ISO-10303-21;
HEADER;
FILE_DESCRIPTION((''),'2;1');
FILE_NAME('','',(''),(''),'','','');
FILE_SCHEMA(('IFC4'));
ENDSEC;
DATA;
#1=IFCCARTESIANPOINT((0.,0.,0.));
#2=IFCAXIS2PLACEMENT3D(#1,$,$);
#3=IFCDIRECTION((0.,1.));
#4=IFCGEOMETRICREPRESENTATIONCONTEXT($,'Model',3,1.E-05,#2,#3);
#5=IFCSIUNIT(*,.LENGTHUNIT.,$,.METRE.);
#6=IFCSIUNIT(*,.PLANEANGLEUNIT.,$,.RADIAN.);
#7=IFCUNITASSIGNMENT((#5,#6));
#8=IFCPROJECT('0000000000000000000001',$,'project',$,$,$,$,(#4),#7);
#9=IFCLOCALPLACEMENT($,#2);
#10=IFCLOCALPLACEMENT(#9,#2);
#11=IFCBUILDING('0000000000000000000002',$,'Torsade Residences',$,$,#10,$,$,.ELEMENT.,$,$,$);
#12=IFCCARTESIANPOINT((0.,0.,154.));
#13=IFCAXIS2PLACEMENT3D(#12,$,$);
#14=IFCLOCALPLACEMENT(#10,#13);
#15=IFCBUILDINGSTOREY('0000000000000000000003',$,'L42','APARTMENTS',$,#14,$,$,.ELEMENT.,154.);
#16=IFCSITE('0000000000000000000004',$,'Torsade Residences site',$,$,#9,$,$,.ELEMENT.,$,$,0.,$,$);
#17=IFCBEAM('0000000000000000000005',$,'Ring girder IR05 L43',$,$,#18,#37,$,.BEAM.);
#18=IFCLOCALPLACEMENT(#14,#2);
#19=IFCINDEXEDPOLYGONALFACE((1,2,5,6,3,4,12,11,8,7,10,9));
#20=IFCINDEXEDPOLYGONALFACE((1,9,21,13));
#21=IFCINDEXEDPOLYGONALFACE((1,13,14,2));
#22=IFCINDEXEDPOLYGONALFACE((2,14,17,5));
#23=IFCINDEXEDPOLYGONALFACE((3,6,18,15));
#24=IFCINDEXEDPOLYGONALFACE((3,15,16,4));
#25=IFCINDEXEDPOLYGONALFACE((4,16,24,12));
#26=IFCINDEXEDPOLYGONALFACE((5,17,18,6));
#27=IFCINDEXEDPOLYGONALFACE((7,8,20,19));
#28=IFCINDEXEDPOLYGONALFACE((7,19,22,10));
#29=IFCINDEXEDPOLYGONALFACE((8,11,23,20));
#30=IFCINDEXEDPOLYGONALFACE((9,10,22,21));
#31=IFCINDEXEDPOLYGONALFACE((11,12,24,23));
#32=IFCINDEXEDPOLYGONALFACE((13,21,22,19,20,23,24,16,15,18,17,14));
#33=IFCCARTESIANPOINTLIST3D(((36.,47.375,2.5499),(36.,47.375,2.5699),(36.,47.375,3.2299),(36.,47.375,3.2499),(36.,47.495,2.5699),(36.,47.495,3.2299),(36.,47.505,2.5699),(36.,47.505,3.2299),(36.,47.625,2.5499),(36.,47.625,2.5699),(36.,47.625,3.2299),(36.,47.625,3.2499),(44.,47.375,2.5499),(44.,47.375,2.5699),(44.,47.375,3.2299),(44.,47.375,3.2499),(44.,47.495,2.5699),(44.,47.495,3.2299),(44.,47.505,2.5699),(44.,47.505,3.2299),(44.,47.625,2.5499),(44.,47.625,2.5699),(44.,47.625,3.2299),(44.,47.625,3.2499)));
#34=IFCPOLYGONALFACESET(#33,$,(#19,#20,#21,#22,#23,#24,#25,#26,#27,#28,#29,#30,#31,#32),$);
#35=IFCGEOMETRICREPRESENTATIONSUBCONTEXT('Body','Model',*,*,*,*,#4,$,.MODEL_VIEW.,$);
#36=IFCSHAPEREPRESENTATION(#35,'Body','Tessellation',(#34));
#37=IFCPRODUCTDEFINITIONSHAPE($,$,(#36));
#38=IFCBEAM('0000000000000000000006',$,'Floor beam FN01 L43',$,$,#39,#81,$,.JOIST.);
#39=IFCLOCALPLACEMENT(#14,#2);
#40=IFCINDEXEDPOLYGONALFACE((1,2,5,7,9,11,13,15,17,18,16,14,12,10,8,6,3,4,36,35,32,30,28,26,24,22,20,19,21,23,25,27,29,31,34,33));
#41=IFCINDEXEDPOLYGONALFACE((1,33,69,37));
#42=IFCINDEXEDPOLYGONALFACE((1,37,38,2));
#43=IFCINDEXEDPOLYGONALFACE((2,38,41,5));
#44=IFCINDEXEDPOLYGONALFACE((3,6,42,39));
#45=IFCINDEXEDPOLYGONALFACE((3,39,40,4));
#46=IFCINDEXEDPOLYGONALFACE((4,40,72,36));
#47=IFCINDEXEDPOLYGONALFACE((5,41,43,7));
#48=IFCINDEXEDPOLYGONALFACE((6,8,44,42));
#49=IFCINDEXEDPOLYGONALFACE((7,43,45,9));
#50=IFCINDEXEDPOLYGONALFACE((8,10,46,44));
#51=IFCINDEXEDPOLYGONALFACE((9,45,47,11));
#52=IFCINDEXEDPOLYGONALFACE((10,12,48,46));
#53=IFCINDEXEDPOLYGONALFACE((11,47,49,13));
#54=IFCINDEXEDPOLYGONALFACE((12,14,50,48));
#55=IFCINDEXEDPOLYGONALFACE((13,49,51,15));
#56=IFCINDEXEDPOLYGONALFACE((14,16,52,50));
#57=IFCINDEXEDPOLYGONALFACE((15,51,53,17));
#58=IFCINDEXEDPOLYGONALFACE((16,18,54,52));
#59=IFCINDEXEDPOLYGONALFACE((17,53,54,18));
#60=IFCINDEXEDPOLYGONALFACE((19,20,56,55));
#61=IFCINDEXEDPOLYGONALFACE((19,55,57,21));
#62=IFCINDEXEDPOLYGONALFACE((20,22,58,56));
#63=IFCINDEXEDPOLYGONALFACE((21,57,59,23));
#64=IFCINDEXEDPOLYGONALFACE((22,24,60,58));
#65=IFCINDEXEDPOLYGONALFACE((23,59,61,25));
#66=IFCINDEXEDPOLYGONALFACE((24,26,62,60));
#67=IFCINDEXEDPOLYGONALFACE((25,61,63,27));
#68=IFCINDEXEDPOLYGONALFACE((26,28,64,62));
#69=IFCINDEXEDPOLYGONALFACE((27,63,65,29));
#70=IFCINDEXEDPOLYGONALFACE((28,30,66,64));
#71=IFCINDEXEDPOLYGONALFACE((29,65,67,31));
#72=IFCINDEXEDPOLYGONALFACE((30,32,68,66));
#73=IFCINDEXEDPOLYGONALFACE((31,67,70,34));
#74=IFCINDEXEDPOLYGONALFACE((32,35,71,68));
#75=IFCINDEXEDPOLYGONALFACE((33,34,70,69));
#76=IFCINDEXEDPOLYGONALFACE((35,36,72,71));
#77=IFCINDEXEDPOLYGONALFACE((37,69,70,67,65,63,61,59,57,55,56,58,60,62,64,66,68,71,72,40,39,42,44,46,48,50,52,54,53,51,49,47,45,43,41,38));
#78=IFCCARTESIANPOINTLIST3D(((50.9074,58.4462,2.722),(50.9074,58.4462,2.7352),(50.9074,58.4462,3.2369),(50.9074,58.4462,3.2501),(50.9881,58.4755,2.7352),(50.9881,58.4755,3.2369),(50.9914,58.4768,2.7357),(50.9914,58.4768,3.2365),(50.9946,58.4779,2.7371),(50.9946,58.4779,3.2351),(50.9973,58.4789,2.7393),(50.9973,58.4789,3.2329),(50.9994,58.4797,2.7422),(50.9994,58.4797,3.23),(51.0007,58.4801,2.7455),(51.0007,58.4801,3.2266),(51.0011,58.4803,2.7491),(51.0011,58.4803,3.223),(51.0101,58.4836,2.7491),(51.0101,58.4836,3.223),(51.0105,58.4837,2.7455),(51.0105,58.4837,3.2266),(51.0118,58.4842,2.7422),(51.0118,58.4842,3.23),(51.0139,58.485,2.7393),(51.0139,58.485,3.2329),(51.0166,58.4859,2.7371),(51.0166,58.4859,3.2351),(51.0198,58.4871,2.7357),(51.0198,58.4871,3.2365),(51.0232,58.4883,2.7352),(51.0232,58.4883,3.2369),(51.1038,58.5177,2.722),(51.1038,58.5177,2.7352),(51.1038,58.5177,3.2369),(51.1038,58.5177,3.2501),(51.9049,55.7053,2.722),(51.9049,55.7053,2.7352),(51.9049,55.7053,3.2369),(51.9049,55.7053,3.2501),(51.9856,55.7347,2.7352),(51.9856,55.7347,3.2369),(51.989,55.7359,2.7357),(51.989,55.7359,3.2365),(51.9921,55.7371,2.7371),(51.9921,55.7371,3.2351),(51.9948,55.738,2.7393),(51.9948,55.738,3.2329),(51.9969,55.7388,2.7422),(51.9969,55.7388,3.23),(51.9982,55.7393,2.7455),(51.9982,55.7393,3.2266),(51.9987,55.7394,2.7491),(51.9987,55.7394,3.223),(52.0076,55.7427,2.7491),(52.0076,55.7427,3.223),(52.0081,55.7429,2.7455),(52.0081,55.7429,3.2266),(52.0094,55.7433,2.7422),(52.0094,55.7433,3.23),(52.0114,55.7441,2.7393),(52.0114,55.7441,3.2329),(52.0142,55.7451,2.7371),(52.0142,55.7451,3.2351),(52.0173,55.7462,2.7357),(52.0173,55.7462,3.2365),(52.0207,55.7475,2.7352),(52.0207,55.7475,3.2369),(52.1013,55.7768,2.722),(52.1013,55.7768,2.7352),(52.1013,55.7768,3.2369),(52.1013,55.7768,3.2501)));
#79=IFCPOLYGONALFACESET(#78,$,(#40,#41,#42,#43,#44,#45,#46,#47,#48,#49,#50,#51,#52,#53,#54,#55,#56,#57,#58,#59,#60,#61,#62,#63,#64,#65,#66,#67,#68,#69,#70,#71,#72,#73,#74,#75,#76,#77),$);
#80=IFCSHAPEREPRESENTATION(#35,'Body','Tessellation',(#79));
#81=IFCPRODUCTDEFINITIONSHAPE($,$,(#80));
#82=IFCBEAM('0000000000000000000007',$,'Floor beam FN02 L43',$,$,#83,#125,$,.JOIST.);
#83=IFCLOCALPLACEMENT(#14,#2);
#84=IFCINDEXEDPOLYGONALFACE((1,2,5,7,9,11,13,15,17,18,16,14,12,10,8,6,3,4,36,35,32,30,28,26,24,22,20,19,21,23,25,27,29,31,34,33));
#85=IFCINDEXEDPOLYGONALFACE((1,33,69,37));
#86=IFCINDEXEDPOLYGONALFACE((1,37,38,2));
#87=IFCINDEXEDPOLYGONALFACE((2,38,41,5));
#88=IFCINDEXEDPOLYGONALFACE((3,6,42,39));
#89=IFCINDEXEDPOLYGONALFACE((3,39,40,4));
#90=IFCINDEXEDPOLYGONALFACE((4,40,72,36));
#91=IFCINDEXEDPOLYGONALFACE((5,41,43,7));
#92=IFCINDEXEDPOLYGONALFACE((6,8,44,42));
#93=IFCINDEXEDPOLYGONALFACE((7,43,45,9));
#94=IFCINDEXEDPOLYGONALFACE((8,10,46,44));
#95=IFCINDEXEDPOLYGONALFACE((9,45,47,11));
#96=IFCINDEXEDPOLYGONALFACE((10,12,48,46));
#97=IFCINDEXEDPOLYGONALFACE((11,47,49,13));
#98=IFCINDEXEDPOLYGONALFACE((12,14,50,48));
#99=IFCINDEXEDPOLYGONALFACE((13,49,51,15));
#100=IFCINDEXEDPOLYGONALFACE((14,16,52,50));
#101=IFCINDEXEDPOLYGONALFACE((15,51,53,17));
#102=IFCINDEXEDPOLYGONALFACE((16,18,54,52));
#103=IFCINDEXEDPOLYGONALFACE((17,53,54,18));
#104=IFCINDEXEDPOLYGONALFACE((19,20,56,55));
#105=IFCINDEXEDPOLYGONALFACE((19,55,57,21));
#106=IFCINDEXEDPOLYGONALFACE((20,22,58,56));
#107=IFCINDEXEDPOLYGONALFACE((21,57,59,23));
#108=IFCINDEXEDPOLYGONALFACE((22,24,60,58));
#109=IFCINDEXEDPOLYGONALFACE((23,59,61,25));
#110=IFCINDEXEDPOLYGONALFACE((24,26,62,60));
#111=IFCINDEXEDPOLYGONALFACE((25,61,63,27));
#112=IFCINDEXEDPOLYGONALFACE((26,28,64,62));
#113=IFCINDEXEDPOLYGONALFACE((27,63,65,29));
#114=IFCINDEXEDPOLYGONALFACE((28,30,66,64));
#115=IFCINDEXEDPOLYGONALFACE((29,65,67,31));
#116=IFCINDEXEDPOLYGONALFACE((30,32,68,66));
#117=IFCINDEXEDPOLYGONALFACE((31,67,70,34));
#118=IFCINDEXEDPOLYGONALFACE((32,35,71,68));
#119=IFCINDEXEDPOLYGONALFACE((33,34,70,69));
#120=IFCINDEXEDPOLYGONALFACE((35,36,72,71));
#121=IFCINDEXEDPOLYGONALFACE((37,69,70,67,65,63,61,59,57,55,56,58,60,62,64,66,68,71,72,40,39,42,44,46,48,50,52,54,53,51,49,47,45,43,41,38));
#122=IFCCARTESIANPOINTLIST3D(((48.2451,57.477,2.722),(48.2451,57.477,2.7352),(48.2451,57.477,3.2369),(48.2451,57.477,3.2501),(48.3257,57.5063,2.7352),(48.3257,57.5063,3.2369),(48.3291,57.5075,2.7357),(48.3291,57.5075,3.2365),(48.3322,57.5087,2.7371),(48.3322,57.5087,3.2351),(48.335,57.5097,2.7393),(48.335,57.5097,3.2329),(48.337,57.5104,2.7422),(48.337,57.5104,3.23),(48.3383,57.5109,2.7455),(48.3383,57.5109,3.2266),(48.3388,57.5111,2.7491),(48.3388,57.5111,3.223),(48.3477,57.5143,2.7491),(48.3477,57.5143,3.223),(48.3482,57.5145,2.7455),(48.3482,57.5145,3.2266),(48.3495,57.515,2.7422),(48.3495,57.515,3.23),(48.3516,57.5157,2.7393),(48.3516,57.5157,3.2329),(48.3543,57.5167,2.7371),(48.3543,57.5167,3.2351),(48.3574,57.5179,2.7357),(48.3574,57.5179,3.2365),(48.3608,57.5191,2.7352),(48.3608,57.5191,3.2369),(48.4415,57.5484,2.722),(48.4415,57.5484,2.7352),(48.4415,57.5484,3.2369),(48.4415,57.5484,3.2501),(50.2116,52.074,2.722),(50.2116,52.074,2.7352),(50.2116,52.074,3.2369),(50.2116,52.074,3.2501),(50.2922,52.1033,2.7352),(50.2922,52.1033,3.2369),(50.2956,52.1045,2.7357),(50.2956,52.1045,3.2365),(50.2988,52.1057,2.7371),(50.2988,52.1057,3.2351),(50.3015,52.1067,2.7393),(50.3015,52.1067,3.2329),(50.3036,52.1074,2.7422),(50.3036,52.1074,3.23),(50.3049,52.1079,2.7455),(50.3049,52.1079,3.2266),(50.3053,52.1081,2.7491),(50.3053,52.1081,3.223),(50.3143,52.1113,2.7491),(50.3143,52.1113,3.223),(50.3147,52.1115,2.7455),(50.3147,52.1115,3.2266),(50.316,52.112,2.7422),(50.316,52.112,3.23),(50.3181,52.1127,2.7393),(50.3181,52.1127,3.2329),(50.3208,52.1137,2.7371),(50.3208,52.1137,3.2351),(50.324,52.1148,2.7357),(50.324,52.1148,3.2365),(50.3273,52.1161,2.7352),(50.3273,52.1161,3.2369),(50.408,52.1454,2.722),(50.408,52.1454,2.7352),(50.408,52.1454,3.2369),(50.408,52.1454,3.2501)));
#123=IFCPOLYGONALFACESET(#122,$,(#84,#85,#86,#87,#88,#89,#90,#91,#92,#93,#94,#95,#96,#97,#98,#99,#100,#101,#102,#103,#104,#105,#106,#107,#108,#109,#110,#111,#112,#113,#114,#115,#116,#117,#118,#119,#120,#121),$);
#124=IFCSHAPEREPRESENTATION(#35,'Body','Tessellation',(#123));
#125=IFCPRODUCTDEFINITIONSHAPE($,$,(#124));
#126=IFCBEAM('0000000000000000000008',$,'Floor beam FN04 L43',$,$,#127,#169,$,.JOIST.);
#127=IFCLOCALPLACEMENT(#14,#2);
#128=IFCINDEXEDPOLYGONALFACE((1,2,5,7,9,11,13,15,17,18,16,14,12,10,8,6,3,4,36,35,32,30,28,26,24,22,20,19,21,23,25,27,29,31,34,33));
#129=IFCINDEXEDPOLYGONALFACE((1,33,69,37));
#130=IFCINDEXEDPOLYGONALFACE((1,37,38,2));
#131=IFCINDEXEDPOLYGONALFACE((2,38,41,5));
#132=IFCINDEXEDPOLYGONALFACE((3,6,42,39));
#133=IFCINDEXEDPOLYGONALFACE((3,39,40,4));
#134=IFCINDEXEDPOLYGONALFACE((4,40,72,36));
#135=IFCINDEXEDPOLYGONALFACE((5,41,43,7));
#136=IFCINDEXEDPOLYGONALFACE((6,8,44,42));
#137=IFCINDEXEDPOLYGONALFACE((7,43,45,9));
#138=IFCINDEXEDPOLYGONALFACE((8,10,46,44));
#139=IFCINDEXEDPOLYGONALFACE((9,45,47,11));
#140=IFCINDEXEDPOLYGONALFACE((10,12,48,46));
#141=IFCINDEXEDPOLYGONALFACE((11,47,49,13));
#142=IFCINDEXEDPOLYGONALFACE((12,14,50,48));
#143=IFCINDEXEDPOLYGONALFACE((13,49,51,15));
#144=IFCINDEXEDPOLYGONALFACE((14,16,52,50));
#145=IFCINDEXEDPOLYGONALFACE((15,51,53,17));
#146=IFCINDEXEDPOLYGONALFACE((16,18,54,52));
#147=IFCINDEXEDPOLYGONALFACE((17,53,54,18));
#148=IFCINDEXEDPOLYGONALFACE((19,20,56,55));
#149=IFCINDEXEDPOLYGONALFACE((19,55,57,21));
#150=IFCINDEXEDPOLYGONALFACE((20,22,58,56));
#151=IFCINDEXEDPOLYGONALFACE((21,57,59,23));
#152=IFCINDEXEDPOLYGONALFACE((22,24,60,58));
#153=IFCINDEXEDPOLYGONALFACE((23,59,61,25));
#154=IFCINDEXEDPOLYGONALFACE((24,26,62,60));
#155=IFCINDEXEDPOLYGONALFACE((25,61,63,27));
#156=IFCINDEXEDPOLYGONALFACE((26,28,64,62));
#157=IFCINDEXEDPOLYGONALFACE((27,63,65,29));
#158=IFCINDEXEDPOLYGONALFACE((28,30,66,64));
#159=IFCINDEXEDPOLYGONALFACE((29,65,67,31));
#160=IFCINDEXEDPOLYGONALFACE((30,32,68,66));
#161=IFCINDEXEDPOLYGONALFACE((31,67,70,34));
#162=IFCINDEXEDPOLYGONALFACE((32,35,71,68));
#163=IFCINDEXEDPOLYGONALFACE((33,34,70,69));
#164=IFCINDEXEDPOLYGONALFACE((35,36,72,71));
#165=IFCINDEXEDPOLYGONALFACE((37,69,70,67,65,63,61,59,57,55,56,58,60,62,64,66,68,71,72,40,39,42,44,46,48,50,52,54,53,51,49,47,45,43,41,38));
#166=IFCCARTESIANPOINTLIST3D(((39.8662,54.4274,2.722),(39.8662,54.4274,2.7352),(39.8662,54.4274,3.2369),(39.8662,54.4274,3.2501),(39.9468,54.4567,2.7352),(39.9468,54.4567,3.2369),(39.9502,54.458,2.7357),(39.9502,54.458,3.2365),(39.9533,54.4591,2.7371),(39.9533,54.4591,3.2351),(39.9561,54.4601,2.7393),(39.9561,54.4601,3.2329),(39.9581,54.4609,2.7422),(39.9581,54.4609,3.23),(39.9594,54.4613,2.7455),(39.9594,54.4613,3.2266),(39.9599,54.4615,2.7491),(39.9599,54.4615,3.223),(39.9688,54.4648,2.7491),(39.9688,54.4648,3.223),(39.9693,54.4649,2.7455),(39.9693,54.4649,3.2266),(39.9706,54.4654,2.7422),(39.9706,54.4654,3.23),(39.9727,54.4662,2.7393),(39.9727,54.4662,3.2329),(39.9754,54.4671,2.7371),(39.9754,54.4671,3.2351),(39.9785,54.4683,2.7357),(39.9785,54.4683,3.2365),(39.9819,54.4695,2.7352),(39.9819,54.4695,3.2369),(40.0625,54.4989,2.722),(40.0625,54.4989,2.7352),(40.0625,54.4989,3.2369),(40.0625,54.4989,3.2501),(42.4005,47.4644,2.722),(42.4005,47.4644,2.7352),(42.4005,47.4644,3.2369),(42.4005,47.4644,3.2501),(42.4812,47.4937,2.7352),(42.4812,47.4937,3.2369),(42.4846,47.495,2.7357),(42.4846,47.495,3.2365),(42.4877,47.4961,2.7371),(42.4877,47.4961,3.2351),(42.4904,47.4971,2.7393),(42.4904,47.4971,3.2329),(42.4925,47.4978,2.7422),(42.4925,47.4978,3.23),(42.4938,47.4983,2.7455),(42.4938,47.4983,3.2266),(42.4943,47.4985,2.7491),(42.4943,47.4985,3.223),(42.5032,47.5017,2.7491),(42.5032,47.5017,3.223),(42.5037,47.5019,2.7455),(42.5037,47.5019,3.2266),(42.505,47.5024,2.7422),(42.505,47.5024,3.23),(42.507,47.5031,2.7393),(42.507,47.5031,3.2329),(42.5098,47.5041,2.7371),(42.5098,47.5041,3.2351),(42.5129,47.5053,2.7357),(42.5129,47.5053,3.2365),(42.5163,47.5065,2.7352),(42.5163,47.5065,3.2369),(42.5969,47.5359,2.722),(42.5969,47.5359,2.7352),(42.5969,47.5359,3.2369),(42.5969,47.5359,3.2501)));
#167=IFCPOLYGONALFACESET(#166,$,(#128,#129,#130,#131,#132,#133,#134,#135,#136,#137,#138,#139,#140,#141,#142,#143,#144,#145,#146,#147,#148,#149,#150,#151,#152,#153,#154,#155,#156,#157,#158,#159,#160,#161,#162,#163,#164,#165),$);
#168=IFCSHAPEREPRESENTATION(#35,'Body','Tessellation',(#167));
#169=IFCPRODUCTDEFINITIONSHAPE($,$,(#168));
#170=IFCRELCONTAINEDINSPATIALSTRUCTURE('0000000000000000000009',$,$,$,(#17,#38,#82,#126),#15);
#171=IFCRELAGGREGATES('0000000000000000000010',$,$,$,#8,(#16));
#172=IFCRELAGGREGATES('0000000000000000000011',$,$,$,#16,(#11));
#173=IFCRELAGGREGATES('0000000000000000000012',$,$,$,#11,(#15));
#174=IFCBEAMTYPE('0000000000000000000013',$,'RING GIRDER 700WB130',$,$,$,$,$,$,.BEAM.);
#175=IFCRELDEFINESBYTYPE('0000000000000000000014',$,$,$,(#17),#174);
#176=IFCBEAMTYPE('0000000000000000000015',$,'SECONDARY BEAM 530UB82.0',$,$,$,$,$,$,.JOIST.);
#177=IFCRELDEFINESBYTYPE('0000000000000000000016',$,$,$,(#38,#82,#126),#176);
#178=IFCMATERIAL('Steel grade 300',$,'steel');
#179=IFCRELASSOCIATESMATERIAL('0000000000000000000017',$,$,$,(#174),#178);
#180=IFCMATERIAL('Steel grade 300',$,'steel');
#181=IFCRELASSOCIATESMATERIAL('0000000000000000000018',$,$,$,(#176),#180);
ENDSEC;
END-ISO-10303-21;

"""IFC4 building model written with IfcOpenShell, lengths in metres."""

from ifc_helpers import new_model, si_unit, direction, frame, origin, origin_2d, place, context, subcontext, project, spatial, i_section, extrude, material, material_profile, profile_set, type_object, element, save


model = new_model("IFC4")

# Units and contexts
model_context = context("Model", 3, precision=1e-05, world=origin(), true_north=direction((0.0, 1.0)))
body_context = subcontext(model_context, "Body", "Model", "MODEL_VIEW")
ifc_project = project(units=[si_unit("LENGTHUNIT", "METRE"), si_unit("PLANEANGLEUNIT", "RADIAN")], contexts=[model_context])

# Site, building, storey
site_placement = place(None, origin())
site = spatial("IfcSite", under=ifc_project, at=site_placement, Name="Torsade Residences site", CompositionType="ELEMENT", RefElevation=0.0)
building_placement = place(site_placement, origin())
building = spatial("IfcBuilding", under=site, at=building_placement, Name="Torsade Residences", CompositionType="ELEMENT")
storey_placement = place(building_placement, frame((0.0, 0.0, 154.0)))
storey = spatial("IfcBuildingStorey", under=building, at=storey_placement, Name="L42", Description="APARTMENTS", CompositionType="ELEMENT", Elevation=154.0)

# Beams
ifc_material_1 = material(Name="Steel grade 300", Category="steel")
ifc_material_profile_1 = material_profile(ifc_material_1, i_section(OverallWidth=0.25, OverallDepth=0.7, WebThickness=0.01, FlangeThickness=0.02, at=origin_2d()), Name="700WB130")
ifc_profile_set_1 = profile_set([ifc_material_profile_1], Name="Steel grade 300")
beam_type_1 = type_object("IfcBeamType", Name="RING GIRDER 700WB130", PredefinedType="BEAM", material=ifc_profile_set_1)
beam_1_placement = place(storey_placement, frame((44.0, 47.5, 2.8999), z_axis=(-1.0, 0.0, 0.0), x_axis=(0.0, -1.0, 0.0)))
element("IfcBeam", 1, at=beam_1_placement, inside=storey, type_object=beam_type_1, Name="Ring girder IR05 L43", PredefinedType="BEAM", context=body_context, shape_type="SweptSolid", body=[
    extrude(i_section(OverallWidth=0.25, OverallDepth=0.7, WebThickness=0.01, FlangeThickness=0.02, at=origin_2d()), origin(), (0.0, 0.0, 1.0), 8.0),
])
ifc_material_2 = material(Name="Steel grade 300", Category="steel")
ifc_material_profile_2 = material_profile(ifc_material_2, i_section(OverallWidth=0.209, OverallDepth=0.5281, WebThickness=0.0095, FlangeThickness=0.0132, FilletRadius=0.0139, at=origin_2d()), Name="530UB82.0")
ifc_profile_set_2 = profile_set([ifc_material_profile_2], Name="Steel grade 300")
beam_type_2 = type_object("IfcBeamType", Name="SECONDARY BEAM 530UB82.0", PredefinedType="JOIST", material=ifc_profile_set_2)
beam_2_placement = place(storey_placement, frame((51.0056, 58.4819, 2.9861), z_axis=(0.341998, -0.939701, 0.0), x_axis=(0.939701, 0.341998, 0.0)))
element("IfcBeam", 2, at=beam_2_placement, inside=storey, type_object=beam_type_2, Name="Floor beam FN01 L43", PredefinedType="JOIST", context=body_context, shape_type="SweptSolid", body=[
    extrude(i_section(OverallWidth=0.209, OverallDepth=0.5281, WebThickness=0.0095, FlangeThickness=0.0132, FilletRadius=0.0139, at=origin_2d()), origin(), (0.0, 0.0, 1.0), 2.9167),
])
beam_3_placement = place(storey_placement, frame((48.3433, 57.5127, 2.9861), z_axis=(0.342019, -0.939693, 0.0), x_axis=(0.939693, 0.342019, 0.0)))
element("IfcBeam", 3, at=beam_3_placement, inside=storey, type_object=beam_type_2, Name="Floor beam FN02 L43", PredefinedType="JOIST", context=body_context, shape_type="SweptSolid", body=[
    extrude(i_section(OverallWidth=0.209, OverallDepth=0.5281, WebThickness=0.0095, FlangeThickness=0.0132, FilletRadius=0.0139, at=origin_2d()), origin(), (0.0, 0.0, 1.0), 5.7498),
])
beam_4_placement = place(storey_placement, frame((39.9644, 54.4631, 2.9861), z_axis=(0.342026, -0.93969, 0.0), x_axis=(0.93969, 0.342026, 0.0)))
element("IfcBeam", 4, at=beam_4_placement, inside=storey, type_object=beam_type_2, Name="Floor beam FN04 L43", PredefinedType="JOIST", context=body_context, shape_type="SweptSolid", body=[
    extrude(i_section(OverallWidth=0.209, OverallDepth=0.5281, WebThickness=0.0095, FlangeThickness=0.0132, FilletRadius=0.0139, at=origin_2d()), origin(), (0.0, 0.0, 1.0), 7.4099),
])

save(model, "model.ifc")
